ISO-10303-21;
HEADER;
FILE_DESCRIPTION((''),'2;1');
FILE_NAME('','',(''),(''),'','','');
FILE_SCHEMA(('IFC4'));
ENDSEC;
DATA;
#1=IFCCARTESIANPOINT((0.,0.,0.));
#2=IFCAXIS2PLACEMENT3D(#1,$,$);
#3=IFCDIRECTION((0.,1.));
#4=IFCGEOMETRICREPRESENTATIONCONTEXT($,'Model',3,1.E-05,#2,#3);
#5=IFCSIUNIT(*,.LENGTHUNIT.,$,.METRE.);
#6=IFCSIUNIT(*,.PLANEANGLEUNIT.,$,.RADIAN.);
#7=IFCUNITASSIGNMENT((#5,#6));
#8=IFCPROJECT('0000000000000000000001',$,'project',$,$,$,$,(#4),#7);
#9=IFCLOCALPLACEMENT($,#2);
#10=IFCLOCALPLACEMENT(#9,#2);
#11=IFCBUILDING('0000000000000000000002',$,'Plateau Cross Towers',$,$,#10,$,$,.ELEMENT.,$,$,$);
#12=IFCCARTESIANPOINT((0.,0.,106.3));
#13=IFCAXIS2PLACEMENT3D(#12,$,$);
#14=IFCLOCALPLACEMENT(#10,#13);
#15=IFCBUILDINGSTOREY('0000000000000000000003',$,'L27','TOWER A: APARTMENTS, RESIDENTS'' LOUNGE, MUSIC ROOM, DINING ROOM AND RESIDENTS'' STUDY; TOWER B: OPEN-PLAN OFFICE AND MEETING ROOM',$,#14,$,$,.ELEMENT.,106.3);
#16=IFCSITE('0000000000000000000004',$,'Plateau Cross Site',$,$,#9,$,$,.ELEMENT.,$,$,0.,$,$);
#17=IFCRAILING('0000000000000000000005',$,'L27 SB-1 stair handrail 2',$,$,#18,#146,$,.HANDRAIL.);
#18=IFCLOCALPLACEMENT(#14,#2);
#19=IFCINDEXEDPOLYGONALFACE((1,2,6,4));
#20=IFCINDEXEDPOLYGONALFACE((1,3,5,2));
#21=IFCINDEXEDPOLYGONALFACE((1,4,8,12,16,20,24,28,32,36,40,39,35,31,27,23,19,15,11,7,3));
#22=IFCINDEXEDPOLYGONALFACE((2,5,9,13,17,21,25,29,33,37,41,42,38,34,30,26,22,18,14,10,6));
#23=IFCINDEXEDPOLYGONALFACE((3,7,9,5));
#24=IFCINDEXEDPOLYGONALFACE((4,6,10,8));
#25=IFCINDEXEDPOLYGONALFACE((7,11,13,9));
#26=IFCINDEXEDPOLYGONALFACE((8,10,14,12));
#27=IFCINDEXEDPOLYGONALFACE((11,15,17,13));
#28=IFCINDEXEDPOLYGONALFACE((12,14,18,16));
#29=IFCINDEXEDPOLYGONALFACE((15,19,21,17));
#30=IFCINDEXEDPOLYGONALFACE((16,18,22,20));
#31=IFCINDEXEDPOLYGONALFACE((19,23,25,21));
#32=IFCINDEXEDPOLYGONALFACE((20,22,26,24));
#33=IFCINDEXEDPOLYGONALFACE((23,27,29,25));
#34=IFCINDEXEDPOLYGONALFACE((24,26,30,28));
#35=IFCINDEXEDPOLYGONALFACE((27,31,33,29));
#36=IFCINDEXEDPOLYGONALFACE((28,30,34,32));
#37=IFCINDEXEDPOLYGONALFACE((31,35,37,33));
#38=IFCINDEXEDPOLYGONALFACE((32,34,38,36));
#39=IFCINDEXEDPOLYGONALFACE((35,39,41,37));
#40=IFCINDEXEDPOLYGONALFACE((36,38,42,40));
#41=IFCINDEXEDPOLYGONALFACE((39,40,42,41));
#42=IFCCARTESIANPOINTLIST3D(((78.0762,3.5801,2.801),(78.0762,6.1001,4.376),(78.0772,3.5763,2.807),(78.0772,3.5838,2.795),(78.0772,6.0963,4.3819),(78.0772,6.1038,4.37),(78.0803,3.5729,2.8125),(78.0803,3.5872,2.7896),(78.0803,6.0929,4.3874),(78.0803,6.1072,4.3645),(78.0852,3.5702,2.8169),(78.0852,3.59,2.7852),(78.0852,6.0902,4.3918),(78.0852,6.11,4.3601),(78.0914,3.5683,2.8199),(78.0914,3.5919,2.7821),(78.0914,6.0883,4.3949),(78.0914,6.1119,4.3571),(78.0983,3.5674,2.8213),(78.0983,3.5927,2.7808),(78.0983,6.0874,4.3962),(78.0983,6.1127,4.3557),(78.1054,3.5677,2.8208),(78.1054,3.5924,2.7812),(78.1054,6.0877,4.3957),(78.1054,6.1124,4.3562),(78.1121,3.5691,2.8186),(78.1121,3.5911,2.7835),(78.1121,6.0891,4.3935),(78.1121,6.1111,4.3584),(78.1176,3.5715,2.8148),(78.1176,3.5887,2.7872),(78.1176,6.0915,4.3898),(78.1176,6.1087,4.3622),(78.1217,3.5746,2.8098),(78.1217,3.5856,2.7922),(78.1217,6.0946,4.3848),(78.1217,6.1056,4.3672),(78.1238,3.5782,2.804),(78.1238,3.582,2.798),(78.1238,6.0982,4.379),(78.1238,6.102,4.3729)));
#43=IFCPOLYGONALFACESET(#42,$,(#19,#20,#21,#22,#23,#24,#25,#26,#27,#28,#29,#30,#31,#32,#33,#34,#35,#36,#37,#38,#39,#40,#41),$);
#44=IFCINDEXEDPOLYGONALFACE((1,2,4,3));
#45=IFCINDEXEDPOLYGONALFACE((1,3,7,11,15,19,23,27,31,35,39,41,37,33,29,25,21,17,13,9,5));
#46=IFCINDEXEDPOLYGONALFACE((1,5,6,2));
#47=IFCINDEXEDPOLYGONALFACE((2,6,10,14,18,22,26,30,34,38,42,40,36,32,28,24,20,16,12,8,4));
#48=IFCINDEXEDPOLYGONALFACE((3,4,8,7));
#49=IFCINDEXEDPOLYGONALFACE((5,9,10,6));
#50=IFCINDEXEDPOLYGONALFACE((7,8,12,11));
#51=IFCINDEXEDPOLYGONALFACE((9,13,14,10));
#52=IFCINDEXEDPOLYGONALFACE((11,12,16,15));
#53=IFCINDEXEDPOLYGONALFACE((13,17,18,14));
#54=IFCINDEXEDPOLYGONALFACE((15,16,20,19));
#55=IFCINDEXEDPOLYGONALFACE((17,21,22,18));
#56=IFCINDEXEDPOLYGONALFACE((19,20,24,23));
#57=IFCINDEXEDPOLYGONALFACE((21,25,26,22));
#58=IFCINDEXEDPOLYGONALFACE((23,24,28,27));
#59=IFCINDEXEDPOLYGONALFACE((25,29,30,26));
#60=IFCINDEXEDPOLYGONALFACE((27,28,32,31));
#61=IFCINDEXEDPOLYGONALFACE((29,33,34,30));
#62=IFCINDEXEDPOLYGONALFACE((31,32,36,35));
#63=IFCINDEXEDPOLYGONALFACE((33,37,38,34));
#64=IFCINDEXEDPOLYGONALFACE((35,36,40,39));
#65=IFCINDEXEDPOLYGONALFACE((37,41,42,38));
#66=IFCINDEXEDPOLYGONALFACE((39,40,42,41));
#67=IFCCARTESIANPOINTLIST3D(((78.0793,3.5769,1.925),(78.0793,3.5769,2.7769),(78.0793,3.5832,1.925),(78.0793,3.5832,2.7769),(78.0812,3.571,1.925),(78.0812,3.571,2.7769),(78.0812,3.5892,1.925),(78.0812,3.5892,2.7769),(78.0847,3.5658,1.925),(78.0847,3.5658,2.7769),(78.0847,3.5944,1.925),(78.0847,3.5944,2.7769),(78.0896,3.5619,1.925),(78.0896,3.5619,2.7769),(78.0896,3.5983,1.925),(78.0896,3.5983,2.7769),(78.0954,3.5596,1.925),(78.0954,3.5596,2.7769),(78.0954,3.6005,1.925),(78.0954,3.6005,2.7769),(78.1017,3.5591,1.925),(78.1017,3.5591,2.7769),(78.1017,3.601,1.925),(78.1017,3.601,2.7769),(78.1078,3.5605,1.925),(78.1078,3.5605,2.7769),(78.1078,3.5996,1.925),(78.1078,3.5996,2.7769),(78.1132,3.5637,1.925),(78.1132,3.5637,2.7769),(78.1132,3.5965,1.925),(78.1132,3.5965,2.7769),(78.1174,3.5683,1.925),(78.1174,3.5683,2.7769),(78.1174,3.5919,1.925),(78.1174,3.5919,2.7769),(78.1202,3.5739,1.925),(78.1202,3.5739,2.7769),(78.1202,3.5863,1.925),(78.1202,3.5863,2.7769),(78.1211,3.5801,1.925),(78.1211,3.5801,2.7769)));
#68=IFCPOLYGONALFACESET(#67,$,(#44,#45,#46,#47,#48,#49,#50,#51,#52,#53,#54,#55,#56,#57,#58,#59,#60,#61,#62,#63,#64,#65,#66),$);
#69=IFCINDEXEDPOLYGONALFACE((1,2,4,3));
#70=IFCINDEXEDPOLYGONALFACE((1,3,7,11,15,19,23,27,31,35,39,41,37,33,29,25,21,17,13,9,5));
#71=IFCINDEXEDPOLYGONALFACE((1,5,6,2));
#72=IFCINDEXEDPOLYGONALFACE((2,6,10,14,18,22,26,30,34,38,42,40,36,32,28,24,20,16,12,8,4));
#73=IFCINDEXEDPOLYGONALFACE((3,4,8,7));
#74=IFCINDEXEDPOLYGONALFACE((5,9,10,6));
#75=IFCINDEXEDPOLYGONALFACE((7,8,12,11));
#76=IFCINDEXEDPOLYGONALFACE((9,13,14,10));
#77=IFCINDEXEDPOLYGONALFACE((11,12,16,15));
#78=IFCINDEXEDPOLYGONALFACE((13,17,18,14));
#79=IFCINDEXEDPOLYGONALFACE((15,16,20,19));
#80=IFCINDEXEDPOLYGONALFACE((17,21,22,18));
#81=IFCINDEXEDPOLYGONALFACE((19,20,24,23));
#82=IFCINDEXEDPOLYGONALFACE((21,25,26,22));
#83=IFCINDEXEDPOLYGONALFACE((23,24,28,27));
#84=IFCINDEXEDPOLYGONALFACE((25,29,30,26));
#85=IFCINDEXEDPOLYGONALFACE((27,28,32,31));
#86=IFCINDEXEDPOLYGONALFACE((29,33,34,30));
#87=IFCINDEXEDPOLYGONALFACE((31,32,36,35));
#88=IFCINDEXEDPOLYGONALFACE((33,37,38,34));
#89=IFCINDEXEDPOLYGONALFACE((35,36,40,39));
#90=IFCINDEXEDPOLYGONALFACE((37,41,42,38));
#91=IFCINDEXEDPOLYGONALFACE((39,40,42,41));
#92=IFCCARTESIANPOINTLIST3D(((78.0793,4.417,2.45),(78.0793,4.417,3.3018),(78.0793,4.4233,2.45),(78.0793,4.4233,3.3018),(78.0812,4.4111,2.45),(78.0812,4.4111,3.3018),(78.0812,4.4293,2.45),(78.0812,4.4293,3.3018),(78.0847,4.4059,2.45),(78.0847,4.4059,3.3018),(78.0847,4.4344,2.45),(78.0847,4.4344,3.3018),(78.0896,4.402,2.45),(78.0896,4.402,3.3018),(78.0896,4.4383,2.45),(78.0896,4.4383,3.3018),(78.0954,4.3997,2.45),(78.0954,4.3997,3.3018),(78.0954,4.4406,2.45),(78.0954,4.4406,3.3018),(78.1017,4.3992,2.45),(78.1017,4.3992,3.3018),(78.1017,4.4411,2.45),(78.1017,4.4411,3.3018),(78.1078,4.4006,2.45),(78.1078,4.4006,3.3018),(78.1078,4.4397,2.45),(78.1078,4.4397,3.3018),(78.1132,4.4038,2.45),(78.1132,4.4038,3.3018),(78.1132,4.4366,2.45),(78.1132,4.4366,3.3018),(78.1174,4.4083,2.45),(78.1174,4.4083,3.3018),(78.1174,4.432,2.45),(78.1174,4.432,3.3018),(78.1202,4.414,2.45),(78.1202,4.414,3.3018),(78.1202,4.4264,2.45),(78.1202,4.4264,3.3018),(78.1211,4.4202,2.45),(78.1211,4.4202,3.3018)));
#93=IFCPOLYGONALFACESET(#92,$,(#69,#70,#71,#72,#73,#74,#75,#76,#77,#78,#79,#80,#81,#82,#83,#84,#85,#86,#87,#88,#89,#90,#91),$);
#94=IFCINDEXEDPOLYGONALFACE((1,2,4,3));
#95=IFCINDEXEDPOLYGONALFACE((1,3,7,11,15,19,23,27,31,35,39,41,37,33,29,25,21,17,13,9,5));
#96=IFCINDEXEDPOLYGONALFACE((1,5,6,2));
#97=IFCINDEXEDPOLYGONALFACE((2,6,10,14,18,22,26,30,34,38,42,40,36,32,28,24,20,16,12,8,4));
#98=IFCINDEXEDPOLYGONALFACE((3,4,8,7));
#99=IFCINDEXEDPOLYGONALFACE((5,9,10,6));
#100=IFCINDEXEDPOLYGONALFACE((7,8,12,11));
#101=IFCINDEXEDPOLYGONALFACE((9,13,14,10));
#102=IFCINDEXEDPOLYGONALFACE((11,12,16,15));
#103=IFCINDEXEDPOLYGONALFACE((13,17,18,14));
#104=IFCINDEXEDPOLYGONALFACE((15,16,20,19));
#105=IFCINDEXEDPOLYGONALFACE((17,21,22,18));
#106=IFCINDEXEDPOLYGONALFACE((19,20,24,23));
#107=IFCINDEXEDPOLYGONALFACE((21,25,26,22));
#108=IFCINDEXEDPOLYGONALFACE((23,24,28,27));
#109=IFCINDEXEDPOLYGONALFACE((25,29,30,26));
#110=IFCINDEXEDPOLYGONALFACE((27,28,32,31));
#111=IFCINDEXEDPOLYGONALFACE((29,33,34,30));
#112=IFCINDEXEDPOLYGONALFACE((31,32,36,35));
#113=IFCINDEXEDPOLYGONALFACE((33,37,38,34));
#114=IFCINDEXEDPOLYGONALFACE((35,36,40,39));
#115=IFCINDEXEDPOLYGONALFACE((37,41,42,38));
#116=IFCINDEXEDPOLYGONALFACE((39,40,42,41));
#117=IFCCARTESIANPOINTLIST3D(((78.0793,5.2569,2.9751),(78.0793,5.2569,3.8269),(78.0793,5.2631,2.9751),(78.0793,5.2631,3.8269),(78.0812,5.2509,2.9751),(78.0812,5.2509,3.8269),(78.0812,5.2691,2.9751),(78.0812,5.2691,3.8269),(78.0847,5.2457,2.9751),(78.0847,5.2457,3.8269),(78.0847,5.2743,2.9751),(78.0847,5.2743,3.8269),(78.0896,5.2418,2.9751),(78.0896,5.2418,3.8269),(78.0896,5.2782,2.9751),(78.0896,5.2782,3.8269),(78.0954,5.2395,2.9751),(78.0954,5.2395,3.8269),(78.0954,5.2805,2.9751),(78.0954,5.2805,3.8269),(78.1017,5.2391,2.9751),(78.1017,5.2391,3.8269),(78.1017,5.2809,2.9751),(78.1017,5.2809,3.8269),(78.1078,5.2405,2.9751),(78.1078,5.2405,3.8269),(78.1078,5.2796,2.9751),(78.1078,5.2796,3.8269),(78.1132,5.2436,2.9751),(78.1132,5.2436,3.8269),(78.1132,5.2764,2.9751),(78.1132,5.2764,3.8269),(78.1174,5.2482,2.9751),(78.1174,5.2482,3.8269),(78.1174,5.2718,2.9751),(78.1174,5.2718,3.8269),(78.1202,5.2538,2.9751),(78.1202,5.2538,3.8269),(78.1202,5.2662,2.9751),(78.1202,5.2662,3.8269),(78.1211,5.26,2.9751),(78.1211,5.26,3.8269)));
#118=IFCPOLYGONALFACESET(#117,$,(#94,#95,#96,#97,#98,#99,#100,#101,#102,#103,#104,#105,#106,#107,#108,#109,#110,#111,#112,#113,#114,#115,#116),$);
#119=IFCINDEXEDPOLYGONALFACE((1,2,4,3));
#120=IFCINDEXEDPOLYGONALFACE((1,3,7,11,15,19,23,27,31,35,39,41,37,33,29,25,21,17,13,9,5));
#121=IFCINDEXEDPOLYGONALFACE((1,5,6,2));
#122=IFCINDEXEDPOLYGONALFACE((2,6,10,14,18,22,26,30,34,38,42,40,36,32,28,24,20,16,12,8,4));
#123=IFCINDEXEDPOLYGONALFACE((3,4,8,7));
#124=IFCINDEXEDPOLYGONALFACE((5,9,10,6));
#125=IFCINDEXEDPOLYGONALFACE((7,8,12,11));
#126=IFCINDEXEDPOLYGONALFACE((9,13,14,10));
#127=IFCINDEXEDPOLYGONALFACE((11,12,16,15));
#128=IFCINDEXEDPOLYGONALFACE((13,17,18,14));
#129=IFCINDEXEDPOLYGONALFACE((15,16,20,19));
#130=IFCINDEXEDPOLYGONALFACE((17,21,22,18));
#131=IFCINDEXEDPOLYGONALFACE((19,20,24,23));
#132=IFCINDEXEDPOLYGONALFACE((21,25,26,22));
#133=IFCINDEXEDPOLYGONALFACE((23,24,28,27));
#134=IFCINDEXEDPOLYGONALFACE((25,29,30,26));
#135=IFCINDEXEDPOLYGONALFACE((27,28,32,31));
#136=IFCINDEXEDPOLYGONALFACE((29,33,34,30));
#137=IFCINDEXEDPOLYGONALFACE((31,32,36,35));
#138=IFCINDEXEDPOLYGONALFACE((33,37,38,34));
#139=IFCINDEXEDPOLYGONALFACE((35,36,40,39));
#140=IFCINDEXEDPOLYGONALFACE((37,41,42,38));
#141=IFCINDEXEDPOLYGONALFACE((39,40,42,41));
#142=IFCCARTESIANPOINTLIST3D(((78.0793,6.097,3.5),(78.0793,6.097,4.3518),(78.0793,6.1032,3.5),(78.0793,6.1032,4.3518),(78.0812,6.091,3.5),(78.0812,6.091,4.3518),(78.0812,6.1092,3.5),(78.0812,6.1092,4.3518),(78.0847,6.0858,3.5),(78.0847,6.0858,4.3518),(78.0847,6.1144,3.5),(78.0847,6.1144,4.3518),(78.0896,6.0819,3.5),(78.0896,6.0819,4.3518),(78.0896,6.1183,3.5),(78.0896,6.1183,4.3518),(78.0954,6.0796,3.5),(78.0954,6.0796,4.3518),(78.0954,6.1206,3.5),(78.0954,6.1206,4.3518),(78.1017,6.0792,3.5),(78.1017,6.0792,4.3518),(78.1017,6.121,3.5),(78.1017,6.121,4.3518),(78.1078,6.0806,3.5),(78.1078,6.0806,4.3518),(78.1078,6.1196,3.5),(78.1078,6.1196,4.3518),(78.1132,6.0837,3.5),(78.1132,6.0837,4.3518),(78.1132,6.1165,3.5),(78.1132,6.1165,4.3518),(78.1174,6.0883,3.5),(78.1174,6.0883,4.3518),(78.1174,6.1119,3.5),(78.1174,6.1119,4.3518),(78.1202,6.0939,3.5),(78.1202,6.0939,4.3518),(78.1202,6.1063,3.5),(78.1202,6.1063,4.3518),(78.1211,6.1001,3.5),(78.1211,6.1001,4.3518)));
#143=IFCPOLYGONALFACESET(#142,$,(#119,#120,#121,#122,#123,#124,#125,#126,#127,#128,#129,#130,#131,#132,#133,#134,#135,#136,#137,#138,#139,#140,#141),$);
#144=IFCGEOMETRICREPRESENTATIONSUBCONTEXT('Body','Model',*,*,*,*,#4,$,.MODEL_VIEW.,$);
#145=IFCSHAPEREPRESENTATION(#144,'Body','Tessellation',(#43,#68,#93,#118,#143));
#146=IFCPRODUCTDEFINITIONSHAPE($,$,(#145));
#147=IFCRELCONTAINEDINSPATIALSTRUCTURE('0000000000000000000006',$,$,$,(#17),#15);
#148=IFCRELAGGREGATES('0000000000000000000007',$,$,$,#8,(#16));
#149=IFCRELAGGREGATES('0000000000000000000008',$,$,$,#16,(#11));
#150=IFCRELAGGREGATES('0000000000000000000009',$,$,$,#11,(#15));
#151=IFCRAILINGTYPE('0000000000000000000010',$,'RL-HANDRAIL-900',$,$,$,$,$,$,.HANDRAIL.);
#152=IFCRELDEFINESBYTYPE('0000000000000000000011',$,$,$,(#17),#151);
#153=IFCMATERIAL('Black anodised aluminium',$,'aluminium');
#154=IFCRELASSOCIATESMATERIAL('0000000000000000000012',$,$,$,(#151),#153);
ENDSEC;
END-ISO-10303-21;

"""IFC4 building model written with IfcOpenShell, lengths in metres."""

from ifc_helpers import new_model, si_unit, direction, frame, origin, origin_2d, place, context, subcontext, project, spatial, circle, extrude, material, type_object, element, save


model = new_model("IFC4")

# Units and contexts
model_context = context("Model", 3, precision=1e-05, world=origin(), true_north=direction((0.0, 1.0)))
body_context = subcontext(model_context, "Body", "Model", "MODEL_VIEW")
ifc_project = project(units=[si_unit("LENGTHUNIT", "METRE"), si_unit("PLANEANGLEUNIT", "RADIAN")], contexts=[model_context])

# Site, building, storey
site_placement = place(None, origin())
site = spatial("IfcSite", under=ifc_project, at=site_placement, Name="Plateau Cross Site", CompositionType="ELEMENT", RefElevation=0.0)
building_placement = place(site_placement, origin())
building = spatial("IfcBuilding", under=site, at=building_placement, Name="Plateau Cross Towers", CompositionType="ELEMENT")
storey_placement = place(building_placement, frame((0.0, 0.0, 106.3)))
storey = spatial("IfcBuildingStorey", under=building, at=storey_placement, Name="L27", Description="TOWER A: APARTMENTS, RESIDENTS' LOUNGE, MUSIC ROOM, DINING ROOM AND RESIDENTS' STUDY; TOWER B: OPEN-PLAN OFFICE AND MEETING ROOM", CompositionType="ELEMENT", Elevation=106.3)

# Railing
ifc_material_1 = material(Name="Black anodised aluminium", Category="aluminium")
railing_type_1 = type_object("IfcRailingType", Name="RL-HANDRAIL-900", PredefinedType="HANDRAIL", material=ifc_material_1)
railing_1_placement = place(storey_placement, frame((78.1001, 3.5801, 1.925)))
element("IfcRailing", 1, at=railing_1_placement, inside=storey, type_object=railing_type_1, Name="L27 SB-1 stair handrail 2", PredefinedType="HANDRAIL", context=body_context, shape_type="SweptSolid", body=[
    extrude(circle(Radius=0.0239, at=origin_2d()), frame((0.0, 0.0, 0.876), z_axis=(0.0, 0.848008, 0.529984), x_axis=(-1.0, 0.0, 0.0)), (0.0, 0.0, 1.0), 2.9717),
    extrude(circle(Radius=0.021, at=origin_2d()), origin(), (0.0, 0.0, 1.0), 0.8518),
    extrude(circle(Radius=0.021, at=origin_2d()), frame((0.0, 0.8401, 0.5249)), (0.0, 0.0, 1.0), 0.8518),
    extrude(circle(Radius=0.021, at=origin_2d()), frame((0.0, 1.6799, 1.05)), (0.0, 0.0, 1.0), 0.8518),
    extrude(circle(Radius=0.021, at=origin_2d()), frame((0.0, 2.52, 1.575)), (0.0, 0.0, 1.0), 0.8518),
])

save(model, "model.ifc")
